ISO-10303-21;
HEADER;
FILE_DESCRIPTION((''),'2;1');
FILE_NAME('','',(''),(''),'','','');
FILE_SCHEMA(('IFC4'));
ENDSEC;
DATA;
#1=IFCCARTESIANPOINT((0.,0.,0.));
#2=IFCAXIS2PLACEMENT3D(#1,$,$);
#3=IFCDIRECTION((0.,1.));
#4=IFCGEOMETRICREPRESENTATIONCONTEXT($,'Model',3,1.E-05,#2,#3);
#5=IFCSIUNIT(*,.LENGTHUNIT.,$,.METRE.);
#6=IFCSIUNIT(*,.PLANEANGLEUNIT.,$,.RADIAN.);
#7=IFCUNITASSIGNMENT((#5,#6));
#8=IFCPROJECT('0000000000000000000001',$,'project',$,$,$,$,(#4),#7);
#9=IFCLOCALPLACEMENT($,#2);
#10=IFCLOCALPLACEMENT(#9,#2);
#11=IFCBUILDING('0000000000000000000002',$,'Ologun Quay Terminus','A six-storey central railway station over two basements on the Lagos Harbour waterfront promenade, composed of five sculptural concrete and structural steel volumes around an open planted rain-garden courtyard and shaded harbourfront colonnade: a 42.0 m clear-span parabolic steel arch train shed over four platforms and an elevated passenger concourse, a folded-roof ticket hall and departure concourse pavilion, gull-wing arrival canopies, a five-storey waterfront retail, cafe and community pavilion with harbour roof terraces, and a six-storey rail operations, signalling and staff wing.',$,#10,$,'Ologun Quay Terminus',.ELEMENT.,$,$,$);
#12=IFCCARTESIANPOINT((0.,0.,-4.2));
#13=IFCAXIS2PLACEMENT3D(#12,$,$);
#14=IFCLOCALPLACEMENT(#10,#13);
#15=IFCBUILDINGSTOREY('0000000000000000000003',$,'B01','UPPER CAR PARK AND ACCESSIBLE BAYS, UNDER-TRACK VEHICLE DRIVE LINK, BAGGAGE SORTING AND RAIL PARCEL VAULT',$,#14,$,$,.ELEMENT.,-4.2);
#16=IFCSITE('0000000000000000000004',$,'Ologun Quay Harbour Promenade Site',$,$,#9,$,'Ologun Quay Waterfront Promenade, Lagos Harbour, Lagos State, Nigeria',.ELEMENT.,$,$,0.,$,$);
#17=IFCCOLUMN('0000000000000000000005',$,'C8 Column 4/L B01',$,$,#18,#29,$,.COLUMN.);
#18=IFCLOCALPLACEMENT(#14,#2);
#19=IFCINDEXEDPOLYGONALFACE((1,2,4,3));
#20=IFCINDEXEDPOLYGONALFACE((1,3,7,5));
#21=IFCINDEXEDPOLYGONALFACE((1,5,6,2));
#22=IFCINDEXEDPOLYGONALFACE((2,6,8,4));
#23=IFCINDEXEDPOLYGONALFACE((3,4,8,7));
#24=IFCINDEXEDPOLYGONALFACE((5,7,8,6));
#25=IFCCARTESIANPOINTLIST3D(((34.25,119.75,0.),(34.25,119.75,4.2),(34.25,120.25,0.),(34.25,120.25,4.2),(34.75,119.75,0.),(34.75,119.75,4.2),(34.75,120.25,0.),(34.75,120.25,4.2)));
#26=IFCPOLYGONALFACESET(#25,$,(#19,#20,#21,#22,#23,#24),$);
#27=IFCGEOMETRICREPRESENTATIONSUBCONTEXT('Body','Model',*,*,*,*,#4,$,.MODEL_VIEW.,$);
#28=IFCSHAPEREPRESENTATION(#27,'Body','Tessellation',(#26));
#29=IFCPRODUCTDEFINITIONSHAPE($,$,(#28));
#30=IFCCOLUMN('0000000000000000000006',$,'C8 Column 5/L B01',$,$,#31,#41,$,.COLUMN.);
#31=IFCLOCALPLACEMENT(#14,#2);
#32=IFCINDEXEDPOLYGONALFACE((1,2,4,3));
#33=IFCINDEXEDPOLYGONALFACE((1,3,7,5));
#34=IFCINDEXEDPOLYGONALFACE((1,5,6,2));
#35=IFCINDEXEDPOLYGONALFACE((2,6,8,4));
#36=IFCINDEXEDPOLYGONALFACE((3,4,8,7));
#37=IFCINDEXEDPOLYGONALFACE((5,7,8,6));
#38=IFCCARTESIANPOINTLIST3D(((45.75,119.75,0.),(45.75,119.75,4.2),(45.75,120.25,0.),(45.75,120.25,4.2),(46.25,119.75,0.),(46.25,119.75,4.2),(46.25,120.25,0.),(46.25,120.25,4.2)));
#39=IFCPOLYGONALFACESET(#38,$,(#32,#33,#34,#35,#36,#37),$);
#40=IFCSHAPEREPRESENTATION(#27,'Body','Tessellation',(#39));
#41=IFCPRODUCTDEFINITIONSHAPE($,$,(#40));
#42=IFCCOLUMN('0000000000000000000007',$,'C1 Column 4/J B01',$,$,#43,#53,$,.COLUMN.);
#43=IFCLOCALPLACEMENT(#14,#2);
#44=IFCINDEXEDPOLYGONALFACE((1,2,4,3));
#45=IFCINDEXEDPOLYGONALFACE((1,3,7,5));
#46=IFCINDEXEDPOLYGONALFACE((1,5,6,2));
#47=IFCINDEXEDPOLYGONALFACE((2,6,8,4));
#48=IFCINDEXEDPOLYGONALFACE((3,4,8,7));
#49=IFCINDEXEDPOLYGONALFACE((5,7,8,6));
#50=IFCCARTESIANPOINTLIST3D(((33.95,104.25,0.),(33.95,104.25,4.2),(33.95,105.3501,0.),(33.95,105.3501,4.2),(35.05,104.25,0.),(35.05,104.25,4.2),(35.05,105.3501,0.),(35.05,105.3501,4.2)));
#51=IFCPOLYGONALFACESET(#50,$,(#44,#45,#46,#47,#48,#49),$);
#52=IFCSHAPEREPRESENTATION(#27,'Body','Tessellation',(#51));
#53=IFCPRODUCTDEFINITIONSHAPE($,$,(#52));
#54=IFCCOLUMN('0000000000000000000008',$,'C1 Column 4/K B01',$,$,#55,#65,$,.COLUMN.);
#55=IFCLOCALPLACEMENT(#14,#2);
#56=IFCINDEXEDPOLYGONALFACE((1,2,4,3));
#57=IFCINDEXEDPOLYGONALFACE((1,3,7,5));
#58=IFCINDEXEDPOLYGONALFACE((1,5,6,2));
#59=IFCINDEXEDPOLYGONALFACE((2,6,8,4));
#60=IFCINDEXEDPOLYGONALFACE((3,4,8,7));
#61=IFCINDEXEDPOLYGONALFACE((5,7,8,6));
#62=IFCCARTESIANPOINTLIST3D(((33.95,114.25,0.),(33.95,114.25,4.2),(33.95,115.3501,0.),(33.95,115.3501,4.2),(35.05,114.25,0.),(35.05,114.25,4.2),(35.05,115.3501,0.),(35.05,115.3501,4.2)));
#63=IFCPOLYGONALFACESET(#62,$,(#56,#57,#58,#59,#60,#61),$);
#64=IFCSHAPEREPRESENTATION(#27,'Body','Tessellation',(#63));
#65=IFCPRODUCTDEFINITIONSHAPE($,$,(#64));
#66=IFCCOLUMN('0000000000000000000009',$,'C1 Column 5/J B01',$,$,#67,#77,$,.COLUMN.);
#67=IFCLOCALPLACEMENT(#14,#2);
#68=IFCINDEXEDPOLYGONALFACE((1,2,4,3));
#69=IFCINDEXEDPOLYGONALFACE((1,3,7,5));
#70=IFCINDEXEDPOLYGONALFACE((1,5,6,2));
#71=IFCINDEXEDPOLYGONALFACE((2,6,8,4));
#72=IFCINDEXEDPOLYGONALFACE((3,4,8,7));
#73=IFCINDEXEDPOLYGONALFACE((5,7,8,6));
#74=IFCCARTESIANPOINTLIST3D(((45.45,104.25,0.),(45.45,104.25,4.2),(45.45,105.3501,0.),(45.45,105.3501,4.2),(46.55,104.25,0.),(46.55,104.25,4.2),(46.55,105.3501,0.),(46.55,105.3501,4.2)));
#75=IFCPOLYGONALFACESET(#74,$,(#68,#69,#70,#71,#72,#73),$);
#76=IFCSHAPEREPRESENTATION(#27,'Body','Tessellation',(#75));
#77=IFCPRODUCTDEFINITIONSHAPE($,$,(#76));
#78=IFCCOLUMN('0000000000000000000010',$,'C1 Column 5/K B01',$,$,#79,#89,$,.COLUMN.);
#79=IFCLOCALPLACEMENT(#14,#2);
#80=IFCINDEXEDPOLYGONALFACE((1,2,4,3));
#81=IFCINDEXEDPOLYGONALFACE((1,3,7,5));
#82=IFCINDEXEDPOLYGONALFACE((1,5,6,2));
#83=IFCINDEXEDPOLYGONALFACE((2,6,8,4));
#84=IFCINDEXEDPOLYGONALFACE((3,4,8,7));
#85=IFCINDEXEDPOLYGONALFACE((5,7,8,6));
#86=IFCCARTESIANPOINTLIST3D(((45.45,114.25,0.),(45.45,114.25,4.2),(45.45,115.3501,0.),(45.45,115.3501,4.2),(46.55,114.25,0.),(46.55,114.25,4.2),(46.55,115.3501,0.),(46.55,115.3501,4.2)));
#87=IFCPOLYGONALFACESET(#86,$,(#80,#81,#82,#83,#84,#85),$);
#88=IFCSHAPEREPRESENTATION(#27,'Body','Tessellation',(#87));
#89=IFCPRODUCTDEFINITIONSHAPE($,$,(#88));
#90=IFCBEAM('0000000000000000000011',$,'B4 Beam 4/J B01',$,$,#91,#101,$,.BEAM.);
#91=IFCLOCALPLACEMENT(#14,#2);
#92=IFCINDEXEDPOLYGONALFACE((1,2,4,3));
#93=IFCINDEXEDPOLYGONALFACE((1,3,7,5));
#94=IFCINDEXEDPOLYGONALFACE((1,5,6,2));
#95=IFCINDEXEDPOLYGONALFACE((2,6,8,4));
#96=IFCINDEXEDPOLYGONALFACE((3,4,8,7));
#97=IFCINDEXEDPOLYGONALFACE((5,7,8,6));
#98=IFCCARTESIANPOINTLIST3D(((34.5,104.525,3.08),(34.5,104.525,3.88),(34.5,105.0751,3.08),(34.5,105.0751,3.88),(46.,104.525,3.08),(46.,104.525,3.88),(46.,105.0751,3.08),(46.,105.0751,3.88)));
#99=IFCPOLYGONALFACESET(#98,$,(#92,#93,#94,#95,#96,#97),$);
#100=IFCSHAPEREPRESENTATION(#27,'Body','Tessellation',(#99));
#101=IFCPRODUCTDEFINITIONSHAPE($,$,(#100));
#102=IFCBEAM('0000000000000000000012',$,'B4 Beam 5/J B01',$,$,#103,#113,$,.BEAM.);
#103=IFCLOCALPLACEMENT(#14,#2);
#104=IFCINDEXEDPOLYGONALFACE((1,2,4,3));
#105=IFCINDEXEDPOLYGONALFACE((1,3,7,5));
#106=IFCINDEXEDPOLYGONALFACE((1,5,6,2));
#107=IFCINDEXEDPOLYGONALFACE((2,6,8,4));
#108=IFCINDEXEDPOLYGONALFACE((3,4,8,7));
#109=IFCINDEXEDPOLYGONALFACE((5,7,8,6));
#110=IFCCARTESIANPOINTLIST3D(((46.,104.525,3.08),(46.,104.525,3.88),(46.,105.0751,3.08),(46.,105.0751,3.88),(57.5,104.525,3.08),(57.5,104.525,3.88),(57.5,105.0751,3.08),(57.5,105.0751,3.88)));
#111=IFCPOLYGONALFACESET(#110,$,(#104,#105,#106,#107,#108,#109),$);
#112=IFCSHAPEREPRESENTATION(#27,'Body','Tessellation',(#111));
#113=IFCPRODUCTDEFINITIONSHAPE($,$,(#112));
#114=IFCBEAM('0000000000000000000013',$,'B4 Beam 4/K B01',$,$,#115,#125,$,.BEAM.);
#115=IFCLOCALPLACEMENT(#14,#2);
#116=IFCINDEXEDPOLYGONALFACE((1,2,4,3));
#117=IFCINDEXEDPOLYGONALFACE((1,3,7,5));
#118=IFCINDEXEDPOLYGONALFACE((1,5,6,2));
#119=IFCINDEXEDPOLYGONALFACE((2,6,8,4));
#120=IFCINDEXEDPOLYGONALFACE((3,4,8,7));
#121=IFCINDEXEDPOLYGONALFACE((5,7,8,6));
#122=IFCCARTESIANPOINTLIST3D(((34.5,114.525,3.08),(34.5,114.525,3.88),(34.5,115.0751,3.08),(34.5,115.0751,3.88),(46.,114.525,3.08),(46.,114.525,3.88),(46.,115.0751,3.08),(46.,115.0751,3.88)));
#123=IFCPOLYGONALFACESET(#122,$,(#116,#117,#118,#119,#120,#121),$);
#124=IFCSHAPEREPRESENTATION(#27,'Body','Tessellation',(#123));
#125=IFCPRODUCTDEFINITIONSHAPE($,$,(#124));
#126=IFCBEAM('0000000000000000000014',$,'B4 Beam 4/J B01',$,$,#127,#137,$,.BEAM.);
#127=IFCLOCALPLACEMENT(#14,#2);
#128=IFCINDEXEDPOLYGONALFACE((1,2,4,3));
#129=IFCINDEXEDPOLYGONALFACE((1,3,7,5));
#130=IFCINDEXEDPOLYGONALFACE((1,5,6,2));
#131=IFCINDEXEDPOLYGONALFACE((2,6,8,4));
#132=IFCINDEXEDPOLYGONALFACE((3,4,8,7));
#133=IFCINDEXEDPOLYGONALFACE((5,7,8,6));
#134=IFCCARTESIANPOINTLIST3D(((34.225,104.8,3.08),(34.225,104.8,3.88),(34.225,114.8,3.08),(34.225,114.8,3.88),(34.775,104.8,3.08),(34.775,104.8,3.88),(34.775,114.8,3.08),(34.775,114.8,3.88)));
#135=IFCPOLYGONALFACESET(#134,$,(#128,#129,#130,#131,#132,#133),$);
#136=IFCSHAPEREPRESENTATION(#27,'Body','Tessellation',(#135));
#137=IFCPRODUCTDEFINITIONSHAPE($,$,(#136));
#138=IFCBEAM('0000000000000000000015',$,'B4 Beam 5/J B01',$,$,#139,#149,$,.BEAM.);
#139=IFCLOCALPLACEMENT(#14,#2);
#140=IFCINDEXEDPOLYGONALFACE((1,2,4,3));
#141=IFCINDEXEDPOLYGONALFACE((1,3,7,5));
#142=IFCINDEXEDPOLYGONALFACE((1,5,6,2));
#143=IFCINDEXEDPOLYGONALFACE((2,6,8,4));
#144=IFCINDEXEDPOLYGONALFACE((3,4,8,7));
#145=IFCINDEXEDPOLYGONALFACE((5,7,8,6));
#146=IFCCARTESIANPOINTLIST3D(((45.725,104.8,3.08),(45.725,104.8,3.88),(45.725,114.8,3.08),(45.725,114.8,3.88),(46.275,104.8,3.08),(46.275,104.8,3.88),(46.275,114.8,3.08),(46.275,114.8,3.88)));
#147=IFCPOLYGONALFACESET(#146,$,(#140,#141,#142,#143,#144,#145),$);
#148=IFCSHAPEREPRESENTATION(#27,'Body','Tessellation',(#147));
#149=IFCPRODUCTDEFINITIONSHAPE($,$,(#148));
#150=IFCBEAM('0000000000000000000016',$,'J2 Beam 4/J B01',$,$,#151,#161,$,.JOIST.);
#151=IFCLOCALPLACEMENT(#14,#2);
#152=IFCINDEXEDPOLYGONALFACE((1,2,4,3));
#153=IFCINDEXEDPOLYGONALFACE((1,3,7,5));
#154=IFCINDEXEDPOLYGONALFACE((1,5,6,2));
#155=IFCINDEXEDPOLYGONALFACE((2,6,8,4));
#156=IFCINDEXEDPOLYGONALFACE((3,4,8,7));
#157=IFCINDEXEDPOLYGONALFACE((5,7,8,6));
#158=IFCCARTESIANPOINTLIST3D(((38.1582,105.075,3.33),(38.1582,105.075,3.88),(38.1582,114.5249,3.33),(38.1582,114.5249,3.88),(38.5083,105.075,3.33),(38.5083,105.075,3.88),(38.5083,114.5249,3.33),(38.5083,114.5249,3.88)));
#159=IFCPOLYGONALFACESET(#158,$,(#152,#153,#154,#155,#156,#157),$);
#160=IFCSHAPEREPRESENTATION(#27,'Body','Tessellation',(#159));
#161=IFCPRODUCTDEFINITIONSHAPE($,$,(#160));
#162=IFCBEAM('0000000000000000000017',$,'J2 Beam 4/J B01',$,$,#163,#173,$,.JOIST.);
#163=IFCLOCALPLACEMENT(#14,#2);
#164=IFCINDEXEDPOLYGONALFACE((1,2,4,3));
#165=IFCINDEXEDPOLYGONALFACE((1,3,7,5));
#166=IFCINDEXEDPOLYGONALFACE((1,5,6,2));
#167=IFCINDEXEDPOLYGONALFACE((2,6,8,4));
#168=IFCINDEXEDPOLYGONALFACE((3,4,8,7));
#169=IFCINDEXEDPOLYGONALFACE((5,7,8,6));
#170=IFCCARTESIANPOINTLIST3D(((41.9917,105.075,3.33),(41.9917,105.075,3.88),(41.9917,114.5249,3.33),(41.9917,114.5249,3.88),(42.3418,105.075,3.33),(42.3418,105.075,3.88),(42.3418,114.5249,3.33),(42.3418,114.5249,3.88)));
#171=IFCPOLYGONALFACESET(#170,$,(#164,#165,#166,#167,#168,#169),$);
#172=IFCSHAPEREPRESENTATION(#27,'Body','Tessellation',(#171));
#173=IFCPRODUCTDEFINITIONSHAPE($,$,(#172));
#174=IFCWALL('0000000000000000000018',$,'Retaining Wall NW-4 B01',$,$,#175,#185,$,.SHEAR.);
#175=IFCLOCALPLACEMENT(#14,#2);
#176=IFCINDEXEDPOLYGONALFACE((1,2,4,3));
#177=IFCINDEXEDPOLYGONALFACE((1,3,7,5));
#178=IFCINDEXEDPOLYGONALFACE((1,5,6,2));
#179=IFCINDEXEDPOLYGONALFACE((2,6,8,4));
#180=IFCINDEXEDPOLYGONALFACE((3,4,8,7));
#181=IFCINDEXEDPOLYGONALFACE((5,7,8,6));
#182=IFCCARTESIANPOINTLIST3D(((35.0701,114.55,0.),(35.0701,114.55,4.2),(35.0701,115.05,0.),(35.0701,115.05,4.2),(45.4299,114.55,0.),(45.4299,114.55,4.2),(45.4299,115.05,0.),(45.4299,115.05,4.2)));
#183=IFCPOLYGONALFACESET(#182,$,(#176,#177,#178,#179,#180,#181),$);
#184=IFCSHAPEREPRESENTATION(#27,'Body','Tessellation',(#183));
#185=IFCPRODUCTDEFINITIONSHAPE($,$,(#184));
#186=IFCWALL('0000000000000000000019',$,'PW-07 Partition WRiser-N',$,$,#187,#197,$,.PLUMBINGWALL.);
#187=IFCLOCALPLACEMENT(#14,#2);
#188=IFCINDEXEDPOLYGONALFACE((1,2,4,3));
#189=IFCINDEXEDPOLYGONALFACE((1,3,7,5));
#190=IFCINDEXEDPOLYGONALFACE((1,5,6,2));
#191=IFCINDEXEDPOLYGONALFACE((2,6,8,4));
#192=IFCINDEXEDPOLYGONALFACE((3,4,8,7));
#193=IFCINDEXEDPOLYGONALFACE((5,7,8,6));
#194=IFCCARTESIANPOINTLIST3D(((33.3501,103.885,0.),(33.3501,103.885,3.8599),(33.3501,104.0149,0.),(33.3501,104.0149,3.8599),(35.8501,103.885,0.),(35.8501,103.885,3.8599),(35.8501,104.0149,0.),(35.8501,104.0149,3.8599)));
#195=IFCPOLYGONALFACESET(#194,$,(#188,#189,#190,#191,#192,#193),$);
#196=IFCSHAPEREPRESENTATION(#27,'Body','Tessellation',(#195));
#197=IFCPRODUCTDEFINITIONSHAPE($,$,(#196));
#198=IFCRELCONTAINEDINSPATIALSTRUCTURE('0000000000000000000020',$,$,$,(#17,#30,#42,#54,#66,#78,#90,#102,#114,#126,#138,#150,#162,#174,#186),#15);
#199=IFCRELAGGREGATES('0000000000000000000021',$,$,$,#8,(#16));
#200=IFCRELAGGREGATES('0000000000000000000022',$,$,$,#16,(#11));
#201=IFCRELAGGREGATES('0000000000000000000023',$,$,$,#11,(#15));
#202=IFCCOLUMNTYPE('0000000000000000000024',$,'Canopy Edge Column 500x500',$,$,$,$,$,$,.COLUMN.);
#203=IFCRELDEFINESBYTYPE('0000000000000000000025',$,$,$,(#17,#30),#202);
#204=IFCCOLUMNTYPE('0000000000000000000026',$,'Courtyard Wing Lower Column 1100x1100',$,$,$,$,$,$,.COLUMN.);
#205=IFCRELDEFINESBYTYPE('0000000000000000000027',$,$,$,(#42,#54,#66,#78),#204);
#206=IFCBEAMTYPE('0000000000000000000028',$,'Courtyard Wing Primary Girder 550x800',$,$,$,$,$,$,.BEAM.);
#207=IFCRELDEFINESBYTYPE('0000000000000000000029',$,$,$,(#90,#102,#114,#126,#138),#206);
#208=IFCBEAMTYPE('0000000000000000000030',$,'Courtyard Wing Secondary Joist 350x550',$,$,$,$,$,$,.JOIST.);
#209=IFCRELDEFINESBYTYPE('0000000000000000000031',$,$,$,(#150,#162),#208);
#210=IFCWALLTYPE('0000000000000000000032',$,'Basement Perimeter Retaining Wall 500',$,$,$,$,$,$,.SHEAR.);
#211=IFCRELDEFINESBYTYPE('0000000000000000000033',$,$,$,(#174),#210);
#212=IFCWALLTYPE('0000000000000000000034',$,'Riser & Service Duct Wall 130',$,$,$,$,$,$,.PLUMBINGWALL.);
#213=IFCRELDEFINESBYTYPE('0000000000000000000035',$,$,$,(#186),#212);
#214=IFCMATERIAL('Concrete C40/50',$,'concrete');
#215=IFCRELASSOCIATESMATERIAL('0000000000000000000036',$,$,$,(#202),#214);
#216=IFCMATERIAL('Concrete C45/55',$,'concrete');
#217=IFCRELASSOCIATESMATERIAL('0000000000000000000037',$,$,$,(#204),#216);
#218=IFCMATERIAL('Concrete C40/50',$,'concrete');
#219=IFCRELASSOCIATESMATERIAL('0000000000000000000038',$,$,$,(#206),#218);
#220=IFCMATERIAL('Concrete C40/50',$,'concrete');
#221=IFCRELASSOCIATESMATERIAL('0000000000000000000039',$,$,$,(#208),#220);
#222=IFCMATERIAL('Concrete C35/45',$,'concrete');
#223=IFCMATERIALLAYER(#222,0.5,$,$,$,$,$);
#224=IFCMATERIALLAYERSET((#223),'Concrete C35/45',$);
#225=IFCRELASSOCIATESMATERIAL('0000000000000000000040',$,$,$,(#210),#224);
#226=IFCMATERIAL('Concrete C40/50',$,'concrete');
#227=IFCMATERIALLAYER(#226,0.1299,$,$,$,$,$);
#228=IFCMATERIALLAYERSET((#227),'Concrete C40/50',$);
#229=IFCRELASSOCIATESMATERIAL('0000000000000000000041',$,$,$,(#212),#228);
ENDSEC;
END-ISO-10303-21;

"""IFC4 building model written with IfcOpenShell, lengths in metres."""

from ifc_helpers import new_model, si_unit, direction, frame, frame_2d, origin, origin_2d, place, context, subcontext, project, spatial, rectangle, extrude, material, layer, layer_set, material_profile, profile_set, type_object, element, save


model = new_model("IFC4")

# Units and contexts
model_context = context("Model", 3, precision=1e-05, world=origin(), true_north=direction((0.0, 1.0)))
body_context = subcontext(model_context, "Body", "Model", "MODEL_VIEW")
ifc_project = project(units=[si_unit("LENGTHUNIT", "METRE"), si_unit("PLANEANGLEUNIT", "RADIAN")], contexts=[model_context])

# Site, building, storey
site_placement = place(None, origin())
site = spatial("IfcSite", under=ifc_project, at=site_placement, Name="Ologun Quay Harbour Promenade Site", LongName="Ologun Quay Waterfront Promenade, Lagos Harbour, Lagos State, Nigeria", CompositionType="ELEMENT", RefElevation=0.0)
building_placement = place(site_placement, origin())
building = spatial("IfcBuilding", under=site, at=building_placement, Name="Ologun Quay Terminus", Description="A six-storey central railway station over two basements on the Lagos Harbour waterfront promenade, composed of five sculptural concrete and structural steel volumes around an open planted rain-garden courtyard and shaded harbourfront colonnade: a 42.0 m clear-span parabolic steel arch train shed over four platforms and an elevated passenger concourse, a folded-roof ticket hall and departure concourse pavilion, gull-wing arrival canopies, a five-storey waterfront retail, cafe and community pavilion with harbour roof terraces, and a six-storey rail operations, signalling and staff wing.", LongName="Ologun Quay Terminus", CompositionType="ELEMENT")
storey_placement = place(building_placement, frame((0.0, 0.0, -4.2)))
storey = spatial("IfcBuildingStorey", under=building, at=storey_placement, Name="B01", Description="UPPER CAR PARK AND ACCESSIBLE BAYS, UNDER-TRACK VEHICLE DRIVE LINK, BAGGAGE SORTING AND RAIL PARCEL VAULT", CompositionType="ELEMENT", Elevation=-4.2)

# Columns
ifc_material_1 = material(Name="Concrete C40/50", Category="concrete")
ifc_material_profile_1 = material_profile(ifc_material_1, rectangle(XDim=0.5, YDim=0.5, at=origin_2d()), Name="RC 500x500")
ifc_profile_set_1 = profile_set([ifc_material_profile_1], Name="Concrete C40/50")
column_type_1 = type_object("IfcColumnType", Name="Canopy Edge Column 500x500", PredefinedType="COLUMN", material=ifc_profile_set_1)
for number, where, z_axis, x_axis, name in (
    (1, (34.5, 120.0, 0.0), (0.0, 0.0, 1.0), (1.0, 0.0, 0.0), "C8 Column 4/L B01"),
    (2, (46.0, 120.0, 0.0), (0.0, 0.0, 1.0), (1.0, 0.0, 0.0), "C8 Column 5/L B01"),
):
    element("IfcColumn", number, at=place(storey_placement, frame(where, z_axis=z_axis, x_axis=x_axis)), inside=storey, type_object=column_type_1, Name=name, PredefinedType="COLUMN", context=body_context, shape_type="SweptSolid", body=[
        extrude(rectangle(XDim=0.5, YDim=0.5, at=origin_2d()), origin(), (0.0, 0.0, 1.0), 4.2),
    ])
ifc_material_2 = material(Name="Concrete C45/55", Category="concrete")
ifc_material_profile_2 = material_profile(ifc_material_2, rectangle(XDim=1.1001, YDim=1.1001, at=origin_2d()), Name="RC 1100x1100")
ifc_profile_set_2 = profile_set([ifc_material_profile_2], Name="Concrete C45/55")
column_type_2 = type_object("IfcColumnType", Name="Courtyard Wing Lower Column 1100x1100", PredefinedType="COLUMN", material=ifc_profile_set_2)
for number, where, z_axis, x_axis, name in (
    (3, (34.5, 104.8, 0.0), (0.0, 0.0, 1.0), (1.0, 0.0, 0.0), "C1 Column 4/J B01"),
    (4, (34.5, 114.8, 0.0), (0.0, 0.0, 1.0), (1.0, 0.0, 0.0), "C1 Column 4/K B01"),
    (5, (46.0, 104.8, 0.0), (0.0, 0.0, 1.0), (1.0, 0.0, 0.0), "C1 Column 5/J B01"),
    (6, (46.0, 114.8, 0.0), (0.0, 0.0, 1.0), (1.0, 0.0, 0.0), "C1 Column 5/K B01"),
):
    element("IfcColumn", number, at=place(storey_placement, frame(where, z_axis=z_axis, x_axis=x_axis)), inside=storey, type_object=column_type_2, Name=name, PredefinedType="COLUMN", context=body_context, shape_type="SweptSolid", body=[
        extrude(rectangle(XDim=1.1001, YDim=1.1001, at=origin_2d()), origin(), (0.0, 0.0, 1.0), 4.2),
    ])

# Beams
ifc_material_3 = material(Name="Concrete C40/50", Category="concrete")
ifc_material_profile_3 = material_profile(ifc_material_3, rectangle(XDim=0.55, YDim=0.8, at=origin_2d()), Name="RC 550x800")
ifc_profile_set_3 = profile_set([ifc_material_profile_3], Name="Concrete C40/50")
beam_type_1 = type_object("IfcBeamType", Name="Courtyard Wing Primary Girder 550x800", PredefinedType="BEAM", material=ifc_profile_set_3)
for number, where, z_axis, x_axis, name in (
    (7, (34.5, 104.8, 3.48), (1.0, 0.0, 0.0), (0.0, 1.0, 0.0), "B4 Beam 4/J B01"),
    (8, (46.0, 104.8, 3.48), (1.0, 0.0, 0.0), (0.0, 1.0, 0.0), "B4 Beam 5/J B01"),
    (9, (34.5, 114.8, 3.48), (1.0, 0.0, 0.0), (0.0, 1.0, 0.0), "B4 Beam 4/K B01"),
):
    element("IfcBeam", number, at=place(storey_placement, frame(where, z_axis=z_axis, x_axis=x_axis)), inside=storey, type_object=beam_type_1, Name=name, PredefinedType="BEAM", context=body_context, shape_type="SweptSolid", body=[
        extrude(rectangle(XDim=0.55, YDim=0.8, at=origin_2d()), origin(), (0.0, 0.0, 1.0), 11.5),
    ])
for number, where, z_axis, x_axis, name in (
    (10, (34.5, 104.8, 3.48), (0.0, 1.0, 0.0), (-1.0, 0.0, 0.0), "B4 Beam 4/J B01"),
    (11, (46.0, 104.8, 3.48), (0.0, 1.0, 0.0), (-1.0, 0.0, 0.0), "B4 Beam 5/J B01"),
):
    element("IfcBeam", number, at=place(storey_placement, frame(where, z_axis=z_axis, x_axis=x_axis)), inside=storey, type_object=beam_type_1, Name=name, PredefinedType="BEAM", context=body_context, shape_type="SweptSolid", body=[
        extrude(rectangle(XDim=0.55, YDim=0.8, at=origin_2d()), origin(), (0.0, 0.0, 1.0), 10.0),
    ])
ifc_material_4 = material(Name="Concrete C40/50", Category="concrete")
ifc_material_profile_4 = material_profile(ifc_material_4, rectangle(XDim=0.3501, YDim=0.55, at=origin_2d()), Name="RC 350x550")
ifc_profile_set_4 = profile_set([ifc_material_profile_4], Name="Concrete C40/50")
beam_type_2 = type_object("IfcBeamType", Name="Courtyard Wing Secondary Joist 350x550", PredefinedType="JOIST", material=ifc_profile_set_4)
for number, where, z_axis, x_axis, name in (
    (12, (38.3333, 105.075, 3.605), (0.0, 1.0, 0.0), (-1.0, 0.0, 0.0), "J2 Beam 4/J B01"),
    (13, (42.1667, 105.075, 3.605), (0.0, 1.0, 0.0), (-1.0, 0.0, 0.0), "J2 Beam 4/J B01"),
):
    element("IfcBeam", number, at=place(storey_placement, frame(where, z_axis=z_axis, x_axis=x_axis)), inside=storey, type_object=beam_type_2, Name=name, PredefinedType="JOIST", context=body_context, shape_type="SweptSolid", body=[
        extrude(rectangle(XDim=0.3501, YDim=0.55, at=origin_2d()), origin(), (0.0, 0.0, 1.0), 9.45),
    ])

# Walls
ifc_material_5 = material(Name="Concrete C35/45", Category="concrete")
ifc_layer_1 = layer(ifc_material_5, 0.5)
ifc_layer_set_1 = layer_set([ifc_layer_1], Name="Concrete C35/45")
wall_type_1 = type_object("IfcWallType", Name="Basement Perimeter Retaining Wall 500", PredefinedType="SHEAR", material=ifc_layer_set_1)
wall_1_placement = place(storey_placement, frame((35.0701, 114.8, 0.0), z_axis=(0.0, 0.0, 1.0), x_axis=(1.0, 0.0, 0.0)))
element("IfcWall", 14, at=wall_1_placement, inside=storey, type_object=wall_type_1, Name="Retaining Wall NW-4 B01", PredefinedType="SHEAR", context=body_context, shape_type="SweptSolid", body=[
    extrude(rectangle(XDim=10.3599, YDim=0.5, at=frame_2d((5.1799, 0.0))), origin(), (0.0, 0.0, 1.0), 4.2),
])
ifc_material_6 = material(Name="Concrete C40/50", Category="concrete")
ifc_layer_2 = layer(ifc_material_6, 0.1299)
ifc_layer_set_2 = layer_set([ifc_layer_2], Name="Concrete C40/50")
wall_type_2 = type_object("IfcWallType", Name="Riser & Service Duct Wall 130", PredefinedType="PLUMBINGWALL", material=ifc_layer_set_2)
wall_2_placement = place(storey_placement, frame((33.3501, 103.95, 0.0), z_axis=(0.0, 0.0, 1.0), x_axis=(1.0, 0.0, 0.0)))
element("IfcWall", 15, at=wall_2_placement, inside=storey, type_object=wall_type_2, Name="PW-07 Partition WRiser-N", PredefinedType="PLUMBINGWALL", context=body_context, shape_type="SweptSolid", body=[
    extrude(rectangle(XDim=2.5, YDim=0.1299, at=frame_2d((1.25, 0.0))), origin(), (0.0, 0.0, 1.0), 3.8599),
])

save(model, "model.ifc")
